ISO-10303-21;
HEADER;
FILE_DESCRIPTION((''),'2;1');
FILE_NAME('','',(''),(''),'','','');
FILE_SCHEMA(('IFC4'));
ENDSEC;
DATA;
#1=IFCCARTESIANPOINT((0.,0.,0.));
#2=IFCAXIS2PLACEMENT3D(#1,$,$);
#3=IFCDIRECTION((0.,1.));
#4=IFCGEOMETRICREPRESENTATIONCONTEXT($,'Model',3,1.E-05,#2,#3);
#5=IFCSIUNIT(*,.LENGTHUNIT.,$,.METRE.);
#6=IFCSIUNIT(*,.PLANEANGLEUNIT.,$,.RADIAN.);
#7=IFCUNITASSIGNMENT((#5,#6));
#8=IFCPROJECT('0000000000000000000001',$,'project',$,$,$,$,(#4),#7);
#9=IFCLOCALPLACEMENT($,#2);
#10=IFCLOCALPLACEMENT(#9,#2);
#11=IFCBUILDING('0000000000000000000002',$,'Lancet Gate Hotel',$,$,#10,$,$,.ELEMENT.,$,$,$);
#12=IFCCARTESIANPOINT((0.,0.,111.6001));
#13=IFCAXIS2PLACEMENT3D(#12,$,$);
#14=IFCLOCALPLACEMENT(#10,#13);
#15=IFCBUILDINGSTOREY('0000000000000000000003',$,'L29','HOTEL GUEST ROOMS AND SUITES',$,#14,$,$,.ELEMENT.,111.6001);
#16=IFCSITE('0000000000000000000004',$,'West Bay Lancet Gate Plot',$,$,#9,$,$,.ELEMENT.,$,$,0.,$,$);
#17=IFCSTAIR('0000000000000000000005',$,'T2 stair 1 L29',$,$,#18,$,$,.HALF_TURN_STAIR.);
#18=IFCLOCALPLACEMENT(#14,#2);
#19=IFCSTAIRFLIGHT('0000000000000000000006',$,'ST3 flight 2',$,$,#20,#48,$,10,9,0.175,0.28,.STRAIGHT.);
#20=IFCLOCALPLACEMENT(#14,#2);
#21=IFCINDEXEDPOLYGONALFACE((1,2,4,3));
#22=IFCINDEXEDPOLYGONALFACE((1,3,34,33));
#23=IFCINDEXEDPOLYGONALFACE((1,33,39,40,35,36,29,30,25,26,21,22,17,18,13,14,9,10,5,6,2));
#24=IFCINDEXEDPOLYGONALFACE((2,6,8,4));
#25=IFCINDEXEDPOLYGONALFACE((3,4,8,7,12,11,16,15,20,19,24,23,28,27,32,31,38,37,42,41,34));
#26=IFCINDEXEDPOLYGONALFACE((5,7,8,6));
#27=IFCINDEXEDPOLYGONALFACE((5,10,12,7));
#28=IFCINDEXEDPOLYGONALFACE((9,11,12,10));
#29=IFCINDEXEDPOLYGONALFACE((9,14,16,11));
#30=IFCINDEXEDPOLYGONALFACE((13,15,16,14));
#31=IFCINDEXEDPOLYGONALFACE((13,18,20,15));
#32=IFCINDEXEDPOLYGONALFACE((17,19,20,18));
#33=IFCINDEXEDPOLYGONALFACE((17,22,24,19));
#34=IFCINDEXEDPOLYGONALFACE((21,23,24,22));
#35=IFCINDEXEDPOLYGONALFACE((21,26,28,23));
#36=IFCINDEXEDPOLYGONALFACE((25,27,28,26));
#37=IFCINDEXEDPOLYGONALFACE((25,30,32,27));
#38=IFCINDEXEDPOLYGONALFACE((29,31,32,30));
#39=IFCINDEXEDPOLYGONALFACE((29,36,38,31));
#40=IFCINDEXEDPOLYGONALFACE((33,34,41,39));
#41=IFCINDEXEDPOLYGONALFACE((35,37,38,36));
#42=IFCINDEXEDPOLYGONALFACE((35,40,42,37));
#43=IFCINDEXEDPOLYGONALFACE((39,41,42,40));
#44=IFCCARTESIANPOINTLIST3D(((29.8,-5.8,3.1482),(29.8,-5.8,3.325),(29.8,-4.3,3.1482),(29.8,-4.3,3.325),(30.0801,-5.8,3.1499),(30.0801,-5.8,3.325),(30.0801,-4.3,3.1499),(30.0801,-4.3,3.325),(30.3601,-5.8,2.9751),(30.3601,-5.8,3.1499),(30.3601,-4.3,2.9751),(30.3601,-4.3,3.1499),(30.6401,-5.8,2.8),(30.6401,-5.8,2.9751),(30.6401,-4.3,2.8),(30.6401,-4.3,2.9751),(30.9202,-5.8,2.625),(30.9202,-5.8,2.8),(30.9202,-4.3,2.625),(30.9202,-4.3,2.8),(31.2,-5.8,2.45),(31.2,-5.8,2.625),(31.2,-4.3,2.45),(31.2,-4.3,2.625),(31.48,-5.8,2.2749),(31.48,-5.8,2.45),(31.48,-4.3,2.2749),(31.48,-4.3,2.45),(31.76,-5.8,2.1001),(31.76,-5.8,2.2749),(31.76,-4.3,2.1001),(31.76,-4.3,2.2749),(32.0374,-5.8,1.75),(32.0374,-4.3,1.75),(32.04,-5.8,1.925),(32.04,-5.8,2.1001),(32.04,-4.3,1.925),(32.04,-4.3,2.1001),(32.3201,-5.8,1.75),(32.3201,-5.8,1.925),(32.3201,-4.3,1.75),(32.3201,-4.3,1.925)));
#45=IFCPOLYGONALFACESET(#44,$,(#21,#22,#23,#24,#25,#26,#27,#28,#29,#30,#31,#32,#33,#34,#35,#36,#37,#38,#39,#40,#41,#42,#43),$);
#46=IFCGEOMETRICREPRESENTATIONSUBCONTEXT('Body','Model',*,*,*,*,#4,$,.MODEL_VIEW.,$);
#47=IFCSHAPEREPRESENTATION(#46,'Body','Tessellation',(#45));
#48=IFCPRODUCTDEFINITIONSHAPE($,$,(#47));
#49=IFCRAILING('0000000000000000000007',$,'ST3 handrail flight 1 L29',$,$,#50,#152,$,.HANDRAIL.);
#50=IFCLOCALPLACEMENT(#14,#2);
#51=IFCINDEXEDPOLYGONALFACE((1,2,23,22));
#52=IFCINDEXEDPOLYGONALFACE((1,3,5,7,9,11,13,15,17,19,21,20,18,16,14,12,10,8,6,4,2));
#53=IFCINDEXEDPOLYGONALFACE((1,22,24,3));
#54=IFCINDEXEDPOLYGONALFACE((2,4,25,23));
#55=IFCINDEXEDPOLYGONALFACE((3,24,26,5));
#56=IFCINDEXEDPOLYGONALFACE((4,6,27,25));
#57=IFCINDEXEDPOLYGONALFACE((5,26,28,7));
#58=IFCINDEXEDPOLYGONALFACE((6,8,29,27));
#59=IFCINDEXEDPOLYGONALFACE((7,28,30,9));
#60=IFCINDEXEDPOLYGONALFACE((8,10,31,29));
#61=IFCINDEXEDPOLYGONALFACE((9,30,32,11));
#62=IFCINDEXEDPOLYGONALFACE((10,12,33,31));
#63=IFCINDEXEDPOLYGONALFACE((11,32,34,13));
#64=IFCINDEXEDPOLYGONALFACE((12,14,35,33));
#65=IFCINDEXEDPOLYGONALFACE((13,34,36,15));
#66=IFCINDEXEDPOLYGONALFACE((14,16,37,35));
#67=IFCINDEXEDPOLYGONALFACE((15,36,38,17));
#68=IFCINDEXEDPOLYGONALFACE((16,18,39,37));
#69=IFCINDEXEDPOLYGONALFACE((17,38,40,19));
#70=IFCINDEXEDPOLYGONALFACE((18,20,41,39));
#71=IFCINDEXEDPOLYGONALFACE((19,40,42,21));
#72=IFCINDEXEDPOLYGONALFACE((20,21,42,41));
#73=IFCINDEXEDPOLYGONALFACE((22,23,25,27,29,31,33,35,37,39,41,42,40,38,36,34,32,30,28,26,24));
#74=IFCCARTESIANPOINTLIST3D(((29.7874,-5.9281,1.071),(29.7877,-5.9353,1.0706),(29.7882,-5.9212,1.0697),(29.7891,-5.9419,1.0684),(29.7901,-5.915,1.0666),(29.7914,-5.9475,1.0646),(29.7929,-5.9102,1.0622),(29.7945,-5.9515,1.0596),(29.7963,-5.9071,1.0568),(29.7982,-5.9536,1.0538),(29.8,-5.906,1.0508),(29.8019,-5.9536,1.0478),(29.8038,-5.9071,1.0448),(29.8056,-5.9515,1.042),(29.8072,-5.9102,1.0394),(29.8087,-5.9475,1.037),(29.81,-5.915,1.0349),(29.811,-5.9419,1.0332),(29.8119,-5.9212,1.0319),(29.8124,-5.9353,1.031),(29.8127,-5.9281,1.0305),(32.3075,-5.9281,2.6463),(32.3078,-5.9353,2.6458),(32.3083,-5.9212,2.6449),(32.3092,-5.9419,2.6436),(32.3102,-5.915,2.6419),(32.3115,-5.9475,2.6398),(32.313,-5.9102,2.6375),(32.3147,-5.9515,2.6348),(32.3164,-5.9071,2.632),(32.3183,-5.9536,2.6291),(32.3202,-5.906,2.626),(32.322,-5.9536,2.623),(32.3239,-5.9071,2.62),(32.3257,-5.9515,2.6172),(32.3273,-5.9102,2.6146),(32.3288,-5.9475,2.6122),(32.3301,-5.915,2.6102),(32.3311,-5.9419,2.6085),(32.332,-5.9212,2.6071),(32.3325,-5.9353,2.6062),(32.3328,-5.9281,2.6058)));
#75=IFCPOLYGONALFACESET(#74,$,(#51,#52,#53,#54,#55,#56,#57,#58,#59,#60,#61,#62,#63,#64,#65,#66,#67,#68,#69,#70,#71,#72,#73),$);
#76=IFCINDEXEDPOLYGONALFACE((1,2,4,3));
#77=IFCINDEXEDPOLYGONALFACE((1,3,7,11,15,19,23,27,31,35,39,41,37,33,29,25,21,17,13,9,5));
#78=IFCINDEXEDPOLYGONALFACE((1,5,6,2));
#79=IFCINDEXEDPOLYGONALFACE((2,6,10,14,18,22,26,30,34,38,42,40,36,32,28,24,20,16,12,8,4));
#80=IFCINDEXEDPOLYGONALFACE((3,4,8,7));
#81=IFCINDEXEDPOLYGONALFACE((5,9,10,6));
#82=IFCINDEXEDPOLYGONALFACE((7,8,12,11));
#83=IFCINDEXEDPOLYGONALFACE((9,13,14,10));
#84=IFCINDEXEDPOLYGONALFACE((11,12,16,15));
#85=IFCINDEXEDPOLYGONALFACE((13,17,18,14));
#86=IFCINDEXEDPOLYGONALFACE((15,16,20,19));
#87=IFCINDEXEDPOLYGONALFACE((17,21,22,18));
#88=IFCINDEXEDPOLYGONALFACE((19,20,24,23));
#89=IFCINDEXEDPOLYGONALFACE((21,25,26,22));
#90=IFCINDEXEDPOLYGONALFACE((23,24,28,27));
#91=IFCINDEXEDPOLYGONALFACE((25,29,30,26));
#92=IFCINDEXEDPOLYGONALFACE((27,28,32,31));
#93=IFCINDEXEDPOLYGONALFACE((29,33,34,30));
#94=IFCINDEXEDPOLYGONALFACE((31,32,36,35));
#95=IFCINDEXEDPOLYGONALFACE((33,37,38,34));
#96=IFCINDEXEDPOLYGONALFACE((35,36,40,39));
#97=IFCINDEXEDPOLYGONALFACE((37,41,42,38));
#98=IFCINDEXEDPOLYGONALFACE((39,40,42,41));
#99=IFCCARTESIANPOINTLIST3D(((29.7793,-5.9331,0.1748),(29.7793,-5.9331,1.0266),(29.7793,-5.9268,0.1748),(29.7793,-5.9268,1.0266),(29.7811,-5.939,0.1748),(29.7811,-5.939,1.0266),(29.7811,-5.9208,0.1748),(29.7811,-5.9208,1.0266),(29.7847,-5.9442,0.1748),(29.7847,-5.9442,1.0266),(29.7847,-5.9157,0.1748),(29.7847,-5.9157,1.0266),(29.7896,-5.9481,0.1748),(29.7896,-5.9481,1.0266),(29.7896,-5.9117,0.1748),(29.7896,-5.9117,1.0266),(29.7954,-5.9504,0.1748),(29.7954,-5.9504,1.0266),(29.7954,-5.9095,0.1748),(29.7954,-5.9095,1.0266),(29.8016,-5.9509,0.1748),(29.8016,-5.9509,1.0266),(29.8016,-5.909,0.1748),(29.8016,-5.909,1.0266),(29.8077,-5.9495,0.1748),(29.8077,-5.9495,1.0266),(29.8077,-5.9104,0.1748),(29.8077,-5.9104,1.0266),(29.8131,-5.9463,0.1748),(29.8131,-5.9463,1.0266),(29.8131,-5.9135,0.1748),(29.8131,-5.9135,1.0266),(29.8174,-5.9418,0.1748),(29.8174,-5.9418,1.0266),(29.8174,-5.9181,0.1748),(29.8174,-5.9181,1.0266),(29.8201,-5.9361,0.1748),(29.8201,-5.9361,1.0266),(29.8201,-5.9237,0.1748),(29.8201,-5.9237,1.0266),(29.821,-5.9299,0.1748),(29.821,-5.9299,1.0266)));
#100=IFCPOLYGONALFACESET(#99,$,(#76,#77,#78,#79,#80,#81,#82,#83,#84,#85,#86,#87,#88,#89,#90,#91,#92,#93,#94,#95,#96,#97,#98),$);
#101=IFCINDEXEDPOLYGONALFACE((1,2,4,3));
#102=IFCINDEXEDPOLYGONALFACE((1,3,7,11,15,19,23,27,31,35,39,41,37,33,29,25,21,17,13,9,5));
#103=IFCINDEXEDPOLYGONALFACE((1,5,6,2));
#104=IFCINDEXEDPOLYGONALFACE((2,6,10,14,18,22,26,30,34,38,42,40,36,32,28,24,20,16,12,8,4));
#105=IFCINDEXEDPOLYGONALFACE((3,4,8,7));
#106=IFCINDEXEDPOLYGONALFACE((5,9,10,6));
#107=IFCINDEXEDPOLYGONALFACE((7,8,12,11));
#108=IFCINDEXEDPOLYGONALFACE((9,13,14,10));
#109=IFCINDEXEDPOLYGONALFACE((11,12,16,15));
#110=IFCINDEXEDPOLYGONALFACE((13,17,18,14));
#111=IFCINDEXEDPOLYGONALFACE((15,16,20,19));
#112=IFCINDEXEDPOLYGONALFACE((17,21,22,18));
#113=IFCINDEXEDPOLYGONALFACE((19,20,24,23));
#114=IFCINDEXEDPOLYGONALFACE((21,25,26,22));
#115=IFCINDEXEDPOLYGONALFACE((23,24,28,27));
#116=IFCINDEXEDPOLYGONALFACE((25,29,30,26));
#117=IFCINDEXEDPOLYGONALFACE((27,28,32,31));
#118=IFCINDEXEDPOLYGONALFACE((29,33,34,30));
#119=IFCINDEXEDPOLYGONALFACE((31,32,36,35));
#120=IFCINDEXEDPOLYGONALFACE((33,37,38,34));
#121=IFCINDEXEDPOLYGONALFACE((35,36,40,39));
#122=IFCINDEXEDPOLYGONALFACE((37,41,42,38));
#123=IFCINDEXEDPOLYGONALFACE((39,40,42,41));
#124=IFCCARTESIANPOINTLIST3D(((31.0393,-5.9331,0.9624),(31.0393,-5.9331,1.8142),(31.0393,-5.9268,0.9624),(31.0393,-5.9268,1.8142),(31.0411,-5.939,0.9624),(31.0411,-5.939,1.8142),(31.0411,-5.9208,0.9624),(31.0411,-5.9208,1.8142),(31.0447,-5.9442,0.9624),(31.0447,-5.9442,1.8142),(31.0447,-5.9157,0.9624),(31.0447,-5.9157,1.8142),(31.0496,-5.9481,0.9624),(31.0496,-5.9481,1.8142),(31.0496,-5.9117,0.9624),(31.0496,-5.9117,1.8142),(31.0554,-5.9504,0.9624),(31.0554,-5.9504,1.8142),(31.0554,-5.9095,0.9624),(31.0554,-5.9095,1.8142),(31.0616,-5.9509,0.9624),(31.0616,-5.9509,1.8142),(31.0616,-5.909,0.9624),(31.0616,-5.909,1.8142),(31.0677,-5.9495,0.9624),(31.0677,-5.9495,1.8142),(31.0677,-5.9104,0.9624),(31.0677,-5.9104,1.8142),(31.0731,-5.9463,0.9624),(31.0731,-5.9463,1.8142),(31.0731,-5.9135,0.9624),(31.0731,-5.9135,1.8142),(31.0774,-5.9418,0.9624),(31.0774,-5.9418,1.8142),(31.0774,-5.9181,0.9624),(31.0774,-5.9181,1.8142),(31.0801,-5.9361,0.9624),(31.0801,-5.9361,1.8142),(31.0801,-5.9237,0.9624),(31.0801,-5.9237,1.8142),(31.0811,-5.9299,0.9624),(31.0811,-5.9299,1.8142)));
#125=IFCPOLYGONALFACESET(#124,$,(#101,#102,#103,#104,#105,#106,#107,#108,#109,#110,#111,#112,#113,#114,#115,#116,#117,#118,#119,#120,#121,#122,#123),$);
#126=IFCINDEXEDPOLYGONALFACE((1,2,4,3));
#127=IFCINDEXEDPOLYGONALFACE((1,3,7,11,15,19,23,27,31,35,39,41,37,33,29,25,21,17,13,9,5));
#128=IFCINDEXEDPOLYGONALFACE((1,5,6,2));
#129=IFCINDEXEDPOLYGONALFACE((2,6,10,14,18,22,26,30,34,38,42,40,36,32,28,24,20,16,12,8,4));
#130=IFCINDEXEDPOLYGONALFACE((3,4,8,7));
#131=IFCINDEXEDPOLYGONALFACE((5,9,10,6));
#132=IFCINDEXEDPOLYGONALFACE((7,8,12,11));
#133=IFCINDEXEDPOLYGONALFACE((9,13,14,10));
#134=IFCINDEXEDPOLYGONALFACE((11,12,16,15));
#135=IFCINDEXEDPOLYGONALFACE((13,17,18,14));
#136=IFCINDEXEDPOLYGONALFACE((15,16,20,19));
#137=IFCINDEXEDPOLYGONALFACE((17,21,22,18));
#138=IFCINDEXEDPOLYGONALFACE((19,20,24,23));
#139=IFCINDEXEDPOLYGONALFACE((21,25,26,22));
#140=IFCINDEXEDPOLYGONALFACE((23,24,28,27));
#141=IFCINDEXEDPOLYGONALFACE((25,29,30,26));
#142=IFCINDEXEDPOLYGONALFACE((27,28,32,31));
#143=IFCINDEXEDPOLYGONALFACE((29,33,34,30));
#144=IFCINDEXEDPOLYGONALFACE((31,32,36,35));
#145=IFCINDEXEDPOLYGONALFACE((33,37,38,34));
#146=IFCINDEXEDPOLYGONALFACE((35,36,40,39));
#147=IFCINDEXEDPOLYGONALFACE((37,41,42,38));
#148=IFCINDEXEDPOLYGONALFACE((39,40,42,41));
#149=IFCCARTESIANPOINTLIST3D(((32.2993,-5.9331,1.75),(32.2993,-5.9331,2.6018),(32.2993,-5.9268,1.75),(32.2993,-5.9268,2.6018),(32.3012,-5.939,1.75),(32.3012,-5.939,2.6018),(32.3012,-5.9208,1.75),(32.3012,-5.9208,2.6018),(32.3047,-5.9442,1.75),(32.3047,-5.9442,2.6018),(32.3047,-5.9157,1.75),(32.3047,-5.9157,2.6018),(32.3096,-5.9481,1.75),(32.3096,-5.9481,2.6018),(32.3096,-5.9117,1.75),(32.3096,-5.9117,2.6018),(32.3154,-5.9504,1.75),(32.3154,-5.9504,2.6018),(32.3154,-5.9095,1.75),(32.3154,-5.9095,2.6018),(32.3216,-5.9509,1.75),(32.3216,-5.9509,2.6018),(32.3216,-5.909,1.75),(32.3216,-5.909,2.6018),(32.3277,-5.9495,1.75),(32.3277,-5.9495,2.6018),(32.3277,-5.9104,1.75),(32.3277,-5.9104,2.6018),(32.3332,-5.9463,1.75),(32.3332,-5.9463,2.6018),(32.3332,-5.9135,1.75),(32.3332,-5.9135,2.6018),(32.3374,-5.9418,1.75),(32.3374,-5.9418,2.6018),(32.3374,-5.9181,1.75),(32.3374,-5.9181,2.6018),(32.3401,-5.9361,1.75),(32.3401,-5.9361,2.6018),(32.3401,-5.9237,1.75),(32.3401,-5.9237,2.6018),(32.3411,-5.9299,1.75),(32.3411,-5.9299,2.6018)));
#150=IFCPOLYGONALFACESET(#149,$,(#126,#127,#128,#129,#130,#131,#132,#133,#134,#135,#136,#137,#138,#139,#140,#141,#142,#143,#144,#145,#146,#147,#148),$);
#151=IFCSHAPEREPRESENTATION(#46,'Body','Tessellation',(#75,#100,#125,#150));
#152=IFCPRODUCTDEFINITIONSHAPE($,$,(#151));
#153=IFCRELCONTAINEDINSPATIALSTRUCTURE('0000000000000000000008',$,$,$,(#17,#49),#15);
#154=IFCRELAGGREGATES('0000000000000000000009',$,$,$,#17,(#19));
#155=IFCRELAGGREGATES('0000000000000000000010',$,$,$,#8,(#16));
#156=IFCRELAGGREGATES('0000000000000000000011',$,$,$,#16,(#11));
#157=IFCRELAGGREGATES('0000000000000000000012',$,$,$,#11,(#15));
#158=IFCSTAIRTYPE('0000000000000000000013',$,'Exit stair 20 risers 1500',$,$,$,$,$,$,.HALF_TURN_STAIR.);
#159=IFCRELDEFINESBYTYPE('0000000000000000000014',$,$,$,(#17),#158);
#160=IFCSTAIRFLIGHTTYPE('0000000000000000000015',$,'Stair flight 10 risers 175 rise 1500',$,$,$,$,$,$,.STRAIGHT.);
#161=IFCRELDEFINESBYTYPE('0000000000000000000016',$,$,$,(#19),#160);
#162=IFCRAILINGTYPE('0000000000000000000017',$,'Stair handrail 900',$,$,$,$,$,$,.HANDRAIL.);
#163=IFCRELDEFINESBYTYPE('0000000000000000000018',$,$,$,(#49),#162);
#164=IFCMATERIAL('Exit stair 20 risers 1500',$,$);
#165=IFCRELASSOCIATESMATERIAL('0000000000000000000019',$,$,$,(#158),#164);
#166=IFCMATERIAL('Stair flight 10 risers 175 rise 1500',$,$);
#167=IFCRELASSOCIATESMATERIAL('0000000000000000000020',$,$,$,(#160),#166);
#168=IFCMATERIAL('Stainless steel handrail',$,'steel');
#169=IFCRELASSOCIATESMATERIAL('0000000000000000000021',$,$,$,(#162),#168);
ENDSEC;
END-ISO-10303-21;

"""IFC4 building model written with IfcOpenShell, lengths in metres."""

from ifc_helpers import new_model, si_unit, direction, frame, origin, origin_2d, place, context, subcontext, project, spatial, polyline, circle, outline, extrude, material, type_object, element, aggregate, save


model = new_model("IFC4")

# Units and contexts
model_context = context("Model", 3, precision=1e-05, world=origin(), true_north=direction((0.0, 1.0)))
body_context = subcontext(model_context, "Body", "Model", "MODEL_VIEW")
ifc_project = project(units=[si_unit("LENGTHUNIT", "METRE"), si_unit("PLANEANGLEUNIT", "RADIAN")], contexts=[model_context])

# Site, building, storey
site_placement = place(None, origin())
site = spatial("IfcSite", under=ifc_project, at=site_placement, Name="West Bay Lancet Gate Plot", CompositionType="ELEMENT", RefElevation=0.0)
building_placement = place(site_placement, origin())
building = spatial("IfcBuilding", under=site, at=building_placement, Name="Lancet Gate Hotel", CompositionType="ELEMENT")
storey_placement = place(building_placement, frame((0.0, 0.0, 111.6001)))
storey = spatial("IfcBuildingStorey", under=building, at=storey_placement, Name="L29", Description="HOTEL GUEST ROOMS AND SUITES", CompositionType="ELEMENT", Elevation=111.6001)

# Stair, stair flight
ifc_material_1 = material(Name="Exit stair 20 risers 1500")
stair_type = type_object("IfcStairType", Name="Exit stair 20 risers 1500", PredefinedType="HALF_TURN_STAIR", material=ifc_material_1)
stair_placement = place(storey_placement, origin())
stair = element("IfcStair", 1, at=stair_placement, inside=storey, type_object=stair_type, Name="T2 stair 1 L29", PredefinedType="HALF_TURN_STAIR")
ifc_material_2 = material(Name="Stair flight 10 risers 175 rise 1500")
stair_flight_type = type_object("IfcStairFlightType", Name="Stair flight 10 risers 175 rise 1500", PredefinedType="STRAIGHT", material=ifc_material_2)
stair_flight_1_placement = place(storey_placement, frame((32.3201, -5.05, 1.75), z_axis=(0.0, 0.0, 1.0), x_axis=(-1.0, 0.0, 0.0)))
stair_flight_1 = element("IfcStairFlight", 2, at=stair_flight_1_placement, type_object=stair_flight_type, Name="ST3 flight 2", NumberOfRisers=10, NumberOfTreads=9, PredefinedType="STRAIGHT", RiserHeight=0.175, TreadLength=0.28, context=body_context, shape_type="SweptSolid", body=[
    extrude(outline(polyline([(0.0, 0.0), (0.0, 0.175), (0.28, 0.175), (0.28, 0.3501), (0.5601, 0.3501), (0.5601, 0.5249), (0.8401, 0.5249), (0.8401, 0.7), (1.1201, 0.7), (1.1201, 0.875), (1.3999, 0.875), (1.3999, 1.05), (1.6799, 1.05), (1.6799, 1.2251), (1.96, 1.2251), (1.96, 1.3999), (2.24, 1.3999), (2.24, 1.575), (2.52, 1.575), (2.52, 1.75), (2.52, 1.3982), (0.2827, 0.0), (0.0, 0.0)])), frame((0.0, 0.75, 0.0), z_axis=(0.0, -1.0, 0.0), x_axis=(1.0, 0.0, 0.0)), (0.0, 0.0, 1.0), 1.5),
])
aggregate(stair, [stair_flight_1])

# Railing
ifc_material_3 = material(Name="Stainless steel handrail", Category="steel")
railing_type = type_object("IfcRailingType", Name="Stair handrail 900", PredefinedType="HANDRAIL", material=ifc_material_3)
railing_1_placement = place(storey_placement, frame((29.8, -5.9299, 0.1748)))
element("IfcRailing", 3, at=railing_1_placement, inside=storey, type_object=railing_type, Name="ST3 handrail flight 1 L29", PredefinedType="HANDRAIL", context=body_context, shape_type="SweptSolid", body=[
    extrude(circle(Radius=0.0239, at=origin_2d()), frame((0.0, 0.0, 0.876), z_axis=(0.847971, 0.0, 0.530043), x_axis=(0.0, 1.0, 0.0)), (0.0, 0.0, 1.0), 2.9719),
    extrude(circle(Radius=0.021, at=origin_2d()), origin(), (0.0, 0.0, 1.0), 0.8518),
    extrude(circle(Radius=0.021, at=origin_2d()), frame((1.26, 0.0, 0.7876)), (0.0, 0.0, 1.0), 0.8518),
    extrude(circle(Radius=0.021, at=origin_2d()), frame((2.52, 0.0, 1.5752)), (0.0, 0.0, 1.0), 0.8518),
])

save(model, "model.ifc")
